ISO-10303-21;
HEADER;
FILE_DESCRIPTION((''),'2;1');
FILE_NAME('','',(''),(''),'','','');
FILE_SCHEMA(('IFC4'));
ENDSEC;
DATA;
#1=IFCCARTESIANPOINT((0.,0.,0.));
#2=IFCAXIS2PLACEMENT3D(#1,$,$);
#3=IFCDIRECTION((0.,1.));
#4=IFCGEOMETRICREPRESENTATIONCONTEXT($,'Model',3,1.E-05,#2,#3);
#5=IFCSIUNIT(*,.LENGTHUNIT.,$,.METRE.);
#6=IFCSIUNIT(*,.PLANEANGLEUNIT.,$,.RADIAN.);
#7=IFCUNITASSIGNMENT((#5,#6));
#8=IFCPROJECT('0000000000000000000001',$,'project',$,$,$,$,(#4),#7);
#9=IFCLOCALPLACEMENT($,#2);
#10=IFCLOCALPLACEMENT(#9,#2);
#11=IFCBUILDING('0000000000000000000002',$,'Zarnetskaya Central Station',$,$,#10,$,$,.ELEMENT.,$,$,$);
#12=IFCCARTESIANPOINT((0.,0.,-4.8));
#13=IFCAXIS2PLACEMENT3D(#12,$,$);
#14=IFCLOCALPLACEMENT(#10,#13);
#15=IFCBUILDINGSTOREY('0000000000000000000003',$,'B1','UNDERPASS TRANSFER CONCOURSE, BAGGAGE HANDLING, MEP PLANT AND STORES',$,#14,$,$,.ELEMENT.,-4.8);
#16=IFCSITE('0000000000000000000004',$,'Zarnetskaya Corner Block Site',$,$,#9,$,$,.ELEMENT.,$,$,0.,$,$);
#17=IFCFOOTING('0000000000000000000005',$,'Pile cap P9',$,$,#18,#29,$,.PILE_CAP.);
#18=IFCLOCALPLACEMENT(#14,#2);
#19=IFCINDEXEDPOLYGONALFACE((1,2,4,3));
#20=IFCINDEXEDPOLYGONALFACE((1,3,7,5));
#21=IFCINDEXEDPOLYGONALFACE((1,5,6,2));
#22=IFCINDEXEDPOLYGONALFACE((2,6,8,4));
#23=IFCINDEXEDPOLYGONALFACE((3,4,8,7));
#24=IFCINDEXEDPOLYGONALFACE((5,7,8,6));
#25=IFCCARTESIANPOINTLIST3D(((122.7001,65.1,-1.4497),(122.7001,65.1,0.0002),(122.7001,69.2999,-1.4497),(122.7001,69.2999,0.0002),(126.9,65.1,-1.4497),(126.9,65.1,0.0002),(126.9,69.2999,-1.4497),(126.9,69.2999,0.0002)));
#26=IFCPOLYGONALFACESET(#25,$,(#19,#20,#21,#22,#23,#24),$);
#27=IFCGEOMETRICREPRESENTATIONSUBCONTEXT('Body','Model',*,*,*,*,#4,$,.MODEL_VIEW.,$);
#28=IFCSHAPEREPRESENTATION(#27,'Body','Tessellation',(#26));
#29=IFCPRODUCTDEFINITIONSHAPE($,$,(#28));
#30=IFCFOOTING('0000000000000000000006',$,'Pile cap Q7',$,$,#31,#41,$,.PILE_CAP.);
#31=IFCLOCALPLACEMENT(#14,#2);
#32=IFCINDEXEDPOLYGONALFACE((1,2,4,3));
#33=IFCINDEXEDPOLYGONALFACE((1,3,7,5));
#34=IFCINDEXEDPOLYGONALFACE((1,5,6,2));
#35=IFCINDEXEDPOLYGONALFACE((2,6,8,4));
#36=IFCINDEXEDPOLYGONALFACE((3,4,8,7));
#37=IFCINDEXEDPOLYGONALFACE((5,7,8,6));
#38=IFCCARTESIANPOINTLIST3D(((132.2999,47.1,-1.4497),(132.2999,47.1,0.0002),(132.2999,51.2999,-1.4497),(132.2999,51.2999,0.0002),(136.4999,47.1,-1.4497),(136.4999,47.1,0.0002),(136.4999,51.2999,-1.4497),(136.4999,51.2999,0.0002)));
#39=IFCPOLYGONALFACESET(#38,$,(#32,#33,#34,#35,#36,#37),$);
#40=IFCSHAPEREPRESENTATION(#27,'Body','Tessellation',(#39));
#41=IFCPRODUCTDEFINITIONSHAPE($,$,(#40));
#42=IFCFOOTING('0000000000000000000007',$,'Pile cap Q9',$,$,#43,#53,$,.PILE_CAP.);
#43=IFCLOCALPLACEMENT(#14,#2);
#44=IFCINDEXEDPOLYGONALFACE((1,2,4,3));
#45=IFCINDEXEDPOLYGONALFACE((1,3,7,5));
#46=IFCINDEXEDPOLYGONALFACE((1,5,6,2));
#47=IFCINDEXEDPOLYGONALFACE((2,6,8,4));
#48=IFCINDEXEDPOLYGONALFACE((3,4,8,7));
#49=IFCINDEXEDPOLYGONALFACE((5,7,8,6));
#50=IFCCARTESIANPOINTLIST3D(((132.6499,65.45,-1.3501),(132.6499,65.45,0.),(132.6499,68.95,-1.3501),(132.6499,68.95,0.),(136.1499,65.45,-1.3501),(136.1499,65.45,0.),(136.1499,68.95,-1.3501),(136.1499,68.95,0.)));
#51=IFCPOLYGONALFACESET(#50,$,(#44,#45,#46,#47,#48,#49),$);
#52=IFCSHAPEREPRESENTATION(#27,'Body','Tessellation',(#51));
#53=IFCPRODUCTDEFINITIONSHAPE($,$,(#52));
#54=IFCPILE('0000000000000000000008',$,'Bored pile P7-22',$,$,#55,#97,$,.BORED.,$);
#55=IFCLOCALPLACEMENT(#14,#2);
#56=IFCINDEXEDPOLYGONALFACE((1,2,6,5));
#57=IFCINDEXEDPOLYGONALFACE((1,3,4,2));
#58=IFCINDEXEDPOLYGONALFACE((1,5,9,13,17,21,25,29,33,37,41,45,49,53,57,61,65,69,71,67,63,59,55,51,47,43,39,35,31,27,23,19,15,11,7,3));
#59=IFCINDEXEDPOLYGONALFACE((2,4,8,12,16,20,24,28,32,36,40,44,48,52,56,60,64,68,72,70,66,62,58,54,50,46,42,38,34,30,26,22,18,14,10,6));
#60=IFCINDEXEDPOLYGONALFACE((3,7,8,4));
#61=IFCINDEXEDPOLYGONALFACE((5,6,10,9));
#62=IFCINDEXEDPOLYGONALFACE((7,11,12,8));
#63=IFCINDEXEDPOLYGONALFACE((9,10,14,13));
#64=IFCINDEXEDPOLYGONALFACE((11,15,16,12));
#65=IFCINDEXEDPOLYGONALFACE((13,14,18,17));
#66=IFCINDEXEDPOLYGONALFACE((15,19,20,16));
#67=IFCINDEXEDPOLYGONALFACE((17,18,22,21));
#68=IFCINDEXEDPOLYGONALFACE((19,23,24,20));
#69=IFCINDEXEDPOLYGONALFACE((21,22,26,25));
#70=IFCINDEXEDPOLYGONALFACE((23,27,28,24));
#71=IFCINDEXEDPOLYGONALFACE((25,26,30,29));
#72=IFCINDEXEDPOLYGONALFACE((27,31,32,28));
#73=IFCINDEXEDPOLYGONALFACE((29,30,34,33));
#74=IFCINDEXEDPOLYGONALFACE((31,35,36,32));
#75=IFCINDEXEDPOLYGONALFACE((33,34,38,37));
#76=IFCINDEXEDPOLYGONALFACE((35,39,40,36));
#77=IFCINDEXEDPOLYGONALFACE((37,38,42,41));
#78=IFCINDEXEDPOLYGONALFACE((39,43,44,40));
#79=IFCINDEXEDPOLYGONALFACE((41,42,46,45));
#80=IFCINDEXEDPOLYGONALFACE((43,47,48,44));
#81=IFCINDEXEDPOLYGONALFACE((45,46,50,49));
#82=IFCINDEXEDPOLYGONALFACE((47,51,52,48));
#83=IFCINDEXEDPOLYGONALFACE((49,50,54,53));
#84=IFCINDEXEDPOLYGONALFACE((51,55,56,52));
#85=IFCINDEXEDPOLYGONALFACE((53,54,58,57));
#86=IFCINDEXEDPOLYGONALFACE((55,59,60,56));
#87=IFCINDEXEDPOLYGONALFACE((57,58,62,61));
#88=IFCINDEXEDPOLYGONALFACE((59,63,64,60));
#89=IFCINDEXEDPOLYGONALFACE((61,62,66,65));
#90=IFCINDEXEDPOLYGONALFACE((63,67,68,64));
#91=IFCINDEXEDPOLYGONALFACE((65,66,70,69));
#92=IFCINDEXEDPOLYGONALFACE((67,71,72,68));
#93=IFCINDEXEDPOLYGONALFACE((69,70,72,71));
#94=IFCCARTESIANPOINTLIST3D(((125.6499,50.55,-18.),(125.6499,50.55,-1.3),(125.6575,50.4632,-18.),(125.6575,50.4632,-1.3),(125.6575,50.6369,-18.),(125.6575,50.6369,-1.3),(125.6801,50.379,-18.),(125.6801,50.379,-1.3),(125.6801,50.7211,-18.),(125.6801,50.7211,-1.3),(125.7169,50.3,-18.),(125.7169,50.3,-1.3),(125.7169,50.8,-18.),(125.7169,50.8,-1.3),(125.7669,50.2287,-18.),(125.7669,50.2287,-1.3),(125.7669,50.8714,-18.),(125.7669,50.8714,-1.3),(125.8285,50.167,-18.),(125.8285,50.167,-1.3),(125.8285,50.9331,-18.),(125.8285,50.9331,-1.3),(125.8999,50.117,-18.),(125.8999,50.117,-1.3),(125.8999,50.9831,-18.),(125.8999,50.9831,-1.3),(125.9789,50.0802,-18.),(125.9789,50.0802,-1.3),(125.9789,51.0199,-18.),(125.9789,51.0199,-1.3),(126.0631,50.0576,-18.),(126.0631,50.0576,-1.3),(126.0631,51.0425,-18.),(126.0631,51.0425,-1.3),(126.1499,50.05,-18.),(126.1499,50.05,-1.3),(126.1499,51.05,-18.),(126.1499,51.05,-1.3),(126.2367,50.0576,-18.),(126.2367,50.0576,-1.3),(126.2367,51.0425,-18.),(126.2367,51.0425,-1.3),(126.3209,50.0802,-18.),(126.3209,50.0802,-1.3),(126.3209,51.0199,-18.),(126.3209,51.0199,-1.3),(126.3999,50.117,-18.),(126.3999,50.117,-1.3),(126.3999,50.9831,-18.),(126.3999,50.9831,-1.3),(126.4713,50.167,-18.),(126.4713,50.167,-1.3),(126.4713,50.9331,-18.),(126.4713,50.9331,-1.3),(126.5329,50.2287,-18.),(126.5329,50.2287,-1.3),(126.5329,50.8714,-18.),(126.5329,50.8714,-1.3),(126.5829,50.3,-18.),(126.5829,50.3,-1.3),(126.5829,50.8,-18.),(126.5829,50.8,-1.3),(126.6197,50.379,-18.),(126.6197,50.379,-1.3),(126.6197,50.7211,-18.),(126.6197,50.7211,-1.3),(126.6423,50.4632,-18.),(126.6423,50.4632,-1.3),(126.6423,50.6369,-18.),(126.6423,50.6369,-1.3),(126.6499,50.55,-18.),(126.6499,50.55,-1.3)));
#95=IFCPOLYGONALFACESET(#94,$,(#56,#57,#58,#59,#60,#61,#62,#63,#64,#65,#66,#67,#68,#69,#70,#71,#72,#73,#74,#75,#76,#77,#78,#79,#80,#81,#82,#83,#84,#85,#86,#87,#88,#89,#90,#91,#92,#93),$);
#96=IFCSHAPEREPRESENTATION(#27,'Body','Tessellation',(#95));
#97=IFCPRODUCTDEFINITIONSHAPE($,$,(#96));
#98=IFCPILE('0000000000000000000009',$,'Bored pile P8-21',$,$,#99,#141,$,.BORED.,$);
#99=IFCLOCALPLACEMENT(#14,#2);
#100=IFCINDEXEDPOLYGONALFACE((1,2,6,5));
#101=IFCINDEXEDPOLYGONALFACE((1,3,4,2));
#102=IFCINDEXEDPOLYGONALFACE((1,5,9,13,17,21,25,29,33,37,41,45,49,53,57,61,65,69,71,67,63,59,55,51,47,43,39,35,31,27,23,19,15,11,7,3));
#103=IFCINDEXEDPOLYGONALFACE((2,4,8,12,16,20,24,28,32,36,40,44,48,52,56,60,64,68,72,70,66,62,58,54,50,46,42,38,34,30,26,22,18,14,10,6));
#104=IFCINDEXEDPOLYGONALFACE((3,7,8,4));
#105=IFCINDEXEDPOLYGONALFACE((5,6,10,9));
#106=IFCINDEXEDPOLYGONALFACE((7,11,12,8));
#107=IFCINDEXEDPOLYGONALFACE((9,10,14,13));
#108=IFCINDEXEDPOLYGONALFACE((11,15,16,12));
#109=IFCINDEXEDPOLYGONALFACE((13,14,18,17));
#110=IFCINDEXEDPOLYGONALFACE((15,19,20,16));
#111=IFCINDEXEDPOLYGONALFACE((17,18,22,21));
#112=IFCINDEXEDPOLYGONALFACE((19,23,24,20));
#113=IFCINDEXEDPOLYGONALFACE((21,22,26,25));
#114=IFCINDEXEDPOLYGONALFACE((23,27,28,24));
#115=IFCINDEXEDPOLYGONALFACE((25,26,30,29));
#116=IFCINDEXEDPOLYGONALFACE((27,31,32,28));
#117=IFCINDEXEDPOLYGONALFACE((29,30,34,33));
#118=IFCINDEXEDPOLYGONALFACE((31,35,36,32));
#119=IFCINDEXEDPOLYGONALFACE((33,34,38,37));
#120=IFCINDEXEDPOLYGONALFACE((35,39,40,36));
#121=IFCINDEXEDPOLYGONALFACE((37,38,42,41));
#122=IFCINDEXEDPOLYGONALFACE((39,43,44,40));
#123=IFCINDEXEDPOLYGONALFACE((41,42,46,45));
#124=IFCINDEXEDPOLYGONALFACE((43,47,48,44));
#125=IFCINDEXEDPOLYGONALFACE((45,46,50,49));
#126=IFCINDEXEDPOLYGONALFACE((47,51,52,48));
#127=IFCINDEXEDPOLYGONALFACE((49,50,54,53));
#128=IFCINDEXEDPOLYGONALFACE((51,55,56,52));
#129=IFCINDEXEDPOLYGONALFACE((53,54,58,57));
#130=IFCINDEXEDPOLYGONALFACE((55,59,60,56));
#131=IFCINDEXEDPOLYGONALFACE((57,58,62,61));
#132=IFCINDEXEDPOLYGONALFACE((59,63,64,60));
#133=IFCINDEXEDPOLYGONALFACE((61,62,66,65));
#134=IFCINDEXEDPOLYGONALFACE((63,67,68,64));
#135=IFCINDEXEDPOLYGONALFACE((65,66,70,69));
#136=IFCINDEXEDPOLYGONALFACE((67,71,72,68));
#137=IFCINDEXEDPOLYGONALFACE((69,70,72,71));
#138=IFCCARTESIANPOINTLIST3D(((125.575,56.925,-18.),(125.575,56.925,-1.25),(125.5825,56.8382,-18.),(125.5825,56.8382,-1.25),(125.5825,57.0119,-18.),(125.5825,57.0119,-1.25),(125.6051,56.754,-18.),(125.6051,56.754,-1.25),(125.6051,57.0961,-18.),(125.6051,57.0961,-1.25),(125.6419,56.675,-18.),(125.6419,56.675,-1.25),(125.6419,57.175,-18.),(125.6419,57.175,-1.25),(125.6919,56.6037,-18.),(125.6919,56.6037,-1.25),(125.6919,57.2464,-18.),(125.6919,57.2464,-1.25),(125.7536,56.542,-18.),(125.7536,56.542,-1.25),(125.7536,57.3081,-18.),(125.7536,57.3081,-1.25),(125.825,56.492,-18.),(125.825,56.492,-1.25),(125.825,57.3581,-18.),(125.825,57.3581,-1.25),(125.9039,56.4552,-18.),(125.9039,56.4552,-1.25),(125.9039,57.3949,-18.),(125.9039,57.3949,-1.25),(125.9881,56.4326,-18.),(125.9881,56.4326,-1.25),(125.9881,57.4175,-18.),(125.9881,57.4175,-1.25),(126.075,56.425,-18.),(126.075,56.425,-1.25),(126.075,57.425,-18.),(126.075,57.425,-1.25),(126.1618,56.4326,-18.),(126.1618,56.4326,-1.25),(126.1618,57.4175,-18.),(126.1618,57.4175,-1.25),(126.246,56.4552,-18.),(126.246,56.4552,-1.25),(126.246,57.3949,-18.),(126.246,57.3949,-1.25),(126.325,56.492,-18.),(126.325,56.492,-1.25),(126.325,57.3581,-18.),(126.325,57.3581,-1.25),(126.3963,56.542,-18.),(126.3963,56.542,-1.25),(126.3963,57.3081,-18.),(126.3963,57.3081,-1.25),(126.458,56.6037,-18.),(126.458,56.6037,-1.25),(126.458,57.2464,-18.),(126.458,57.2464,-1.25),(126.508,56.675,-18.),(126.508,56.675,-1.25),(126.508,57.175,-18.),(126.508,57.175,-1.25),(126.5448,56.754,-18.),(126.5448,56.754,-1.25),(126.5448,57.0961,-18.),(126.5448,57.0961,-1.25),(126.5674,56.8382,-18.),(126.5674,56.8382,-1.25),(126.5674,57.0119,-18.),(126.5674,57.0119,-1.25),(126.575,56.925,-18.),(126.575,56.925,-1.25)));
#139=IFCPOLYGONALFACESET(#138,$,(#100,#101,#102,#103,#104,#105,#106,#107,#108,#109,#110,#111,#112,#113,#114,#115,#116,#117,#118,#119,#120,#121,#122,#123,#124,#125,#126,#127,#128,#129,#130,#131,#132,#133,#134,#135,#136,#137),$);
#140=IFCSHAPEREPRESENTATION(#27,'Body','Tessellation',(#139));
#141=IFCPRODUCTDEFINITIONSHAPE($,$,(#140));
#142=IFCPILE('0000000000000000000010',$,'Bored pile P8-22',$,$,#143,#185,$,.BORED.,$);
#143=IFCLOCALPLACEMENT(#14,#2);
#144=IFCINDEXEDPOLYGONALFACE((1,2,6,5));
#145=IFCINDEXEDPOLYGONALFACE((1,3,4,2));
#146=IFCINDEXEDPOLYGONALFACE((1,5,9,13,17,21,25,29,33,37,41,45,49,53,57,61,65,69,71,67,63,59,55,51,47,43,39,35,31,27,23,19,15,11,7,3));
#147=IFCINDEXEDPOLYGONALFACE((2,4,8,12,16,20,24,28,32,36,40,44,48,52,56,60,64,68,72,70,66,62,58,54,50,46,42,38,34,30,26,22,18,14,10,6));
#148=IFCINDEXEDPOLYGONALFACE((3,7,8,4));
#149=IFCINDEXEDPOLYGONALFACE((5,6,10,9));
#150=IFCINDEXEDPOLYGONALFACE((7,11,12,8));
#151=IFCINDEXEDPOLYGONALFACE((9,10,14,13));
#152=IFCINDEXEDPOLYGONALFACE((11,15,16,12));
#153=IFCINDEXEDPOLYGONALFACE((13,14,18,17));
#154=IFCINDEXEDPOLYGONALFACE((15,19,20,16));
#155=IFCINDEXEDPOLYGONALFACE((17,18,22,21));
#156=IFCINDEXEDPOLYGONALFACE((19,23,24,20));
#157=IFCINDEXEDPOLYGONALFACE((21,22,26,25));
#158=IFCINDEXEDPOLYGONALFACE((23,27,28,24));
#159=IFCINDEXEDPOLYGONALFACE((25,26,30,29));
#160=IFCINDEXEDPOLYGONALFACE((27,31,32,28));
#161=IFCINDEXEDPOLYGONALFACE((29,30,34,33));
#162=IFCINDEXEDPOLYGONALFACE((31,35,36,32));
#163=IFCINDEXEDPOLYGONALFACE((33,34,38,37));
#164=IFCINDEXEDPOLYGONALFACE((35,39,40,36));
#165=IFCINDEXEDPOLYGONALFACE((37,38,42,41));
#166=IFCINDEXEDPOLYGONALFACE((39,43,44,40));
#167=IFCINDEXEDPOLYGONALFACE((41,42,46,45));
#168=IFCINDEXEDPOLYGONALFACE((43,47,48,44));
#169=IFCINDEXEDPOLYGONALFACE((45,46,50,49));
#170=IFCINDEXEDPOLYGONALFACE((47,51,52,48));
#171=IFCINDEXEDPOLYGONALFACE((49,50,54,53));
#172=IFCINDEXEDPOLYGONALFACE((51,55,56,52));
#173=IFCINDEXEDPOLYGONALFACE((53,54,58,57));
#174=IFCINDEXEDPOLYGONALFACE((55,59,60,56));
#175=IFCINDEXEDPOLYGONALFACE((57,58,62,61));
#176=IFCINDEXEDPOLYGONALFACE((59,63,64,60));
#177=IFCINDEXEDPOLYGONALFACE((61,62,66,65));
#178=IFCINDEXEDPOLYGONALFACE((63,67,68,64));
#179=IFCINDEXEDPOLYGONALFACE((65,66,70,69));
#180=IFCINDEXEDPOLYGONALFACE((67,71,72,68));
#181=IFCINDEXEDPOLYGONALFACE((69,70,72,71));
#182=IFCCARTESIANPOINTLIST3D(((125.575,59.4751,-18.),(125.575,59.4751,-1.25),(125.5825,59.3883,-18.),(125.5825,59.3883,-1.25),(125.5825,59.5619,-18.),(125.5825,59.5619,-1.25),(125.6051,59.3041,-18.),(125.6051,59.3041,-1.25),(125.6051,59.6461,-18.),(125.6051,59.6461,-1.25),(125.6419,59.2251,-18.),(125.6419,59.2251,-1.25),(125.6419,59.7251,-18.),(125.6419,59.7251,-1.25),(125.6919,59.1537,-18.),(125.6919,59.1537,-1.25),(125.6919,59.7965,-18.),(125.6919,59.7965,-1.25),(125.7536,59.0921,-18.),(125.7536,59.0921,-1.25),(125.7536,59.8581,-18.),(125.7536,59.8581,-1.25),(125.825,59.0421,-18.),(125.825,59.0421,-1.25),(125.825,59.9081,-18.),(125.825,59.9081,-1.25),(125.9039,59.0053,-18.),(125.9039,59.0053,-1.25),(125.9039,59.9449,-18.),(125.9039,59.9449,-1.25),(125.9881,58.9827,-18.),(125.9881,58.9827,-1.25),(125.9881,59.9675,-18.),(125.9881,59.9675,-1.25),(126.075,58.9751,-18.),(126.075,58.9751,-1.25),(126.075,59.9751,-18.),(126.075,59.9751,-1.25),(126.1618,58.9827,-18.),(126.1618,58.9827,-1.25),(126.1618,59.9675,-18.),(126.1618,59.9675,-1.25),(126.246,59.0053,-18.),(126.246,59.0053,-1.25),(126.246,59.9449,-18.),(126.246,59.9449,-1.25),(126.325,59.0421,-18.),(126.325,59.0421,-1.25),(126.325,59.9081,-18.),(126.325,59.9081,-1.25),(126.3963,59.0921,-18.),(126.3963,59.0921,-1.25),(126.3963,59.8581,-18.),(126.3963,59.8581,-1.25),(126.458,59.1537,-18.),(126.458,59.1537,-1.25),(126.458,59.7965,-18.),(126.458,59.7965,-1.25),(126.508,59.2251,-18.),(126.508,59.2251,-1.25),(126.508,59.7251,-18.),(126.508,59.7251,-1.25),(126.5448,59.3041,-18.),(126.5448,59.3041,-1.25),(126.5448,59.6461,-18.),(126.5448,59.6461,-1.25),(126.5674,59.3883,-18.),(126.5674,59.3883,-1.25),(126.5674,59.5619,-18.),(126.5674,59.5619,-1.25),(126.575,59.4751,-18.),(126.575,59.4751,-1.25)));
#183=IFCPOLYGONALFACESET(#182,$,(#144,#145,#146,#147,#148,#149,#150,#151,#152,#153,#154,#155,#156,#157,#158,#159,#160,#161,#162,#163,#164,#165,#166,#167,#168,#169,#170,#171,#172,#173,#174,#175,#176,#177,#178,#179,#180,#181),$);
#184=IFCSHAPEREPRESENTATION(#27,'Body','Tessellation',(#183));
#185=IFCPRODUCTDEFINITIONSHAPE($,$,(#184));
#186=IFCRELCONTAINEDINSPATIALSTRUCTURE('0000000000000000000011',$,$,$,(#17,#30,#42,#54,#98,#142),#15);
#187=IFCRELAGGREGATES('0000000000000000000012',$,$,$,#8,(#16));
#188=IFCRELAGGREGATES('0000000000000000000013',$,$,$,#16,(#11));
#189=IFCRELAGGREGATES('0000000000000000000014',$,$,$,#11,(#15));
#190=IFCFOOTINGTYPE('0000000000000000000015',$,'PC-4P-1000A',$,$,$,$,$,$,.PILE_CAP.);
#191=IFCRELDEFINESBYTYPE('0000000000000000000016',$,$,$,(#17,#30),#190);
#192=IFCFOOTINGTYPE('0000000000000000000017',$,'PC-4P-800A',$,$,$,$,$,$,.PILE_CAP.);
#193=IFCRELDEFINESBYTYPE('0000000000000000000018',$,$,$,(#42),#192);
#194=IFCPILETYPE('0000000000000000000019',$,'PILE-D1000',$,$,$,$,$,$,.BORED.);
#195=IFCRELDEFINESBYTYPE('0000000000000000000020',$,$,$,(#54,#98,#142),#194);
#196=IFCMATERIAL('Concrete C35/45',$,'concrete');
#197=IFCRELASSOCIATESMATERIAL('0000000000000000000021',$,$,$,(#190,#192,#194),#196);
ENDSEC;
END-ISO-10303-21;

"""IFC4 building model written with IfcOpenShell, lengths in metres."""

from ifc_helpers import new_model, si_unit, direction, frame, origin, origin_2d, place, context, subcontext, project, spatial, rectangle, circle, extrude, material, material_profile, profile_set, type_object, element, save


model = new_model("IFC4")

# Units and contexts
model_context = context("Model", 3, precision=1e-05, world=origin(), true_north=direction((0.0, 1.0)))
body_context = subcontext(model_context, "Body", "Model", "MODEL_VIEW")
ifc_project = project(units=[si_unit("LENGTHUNIT", "METRE"), si_unit("PLANEANGLEUNIT", "RADIAN")], contexts=[model_context])

# Site, building, storey
site_placement = place(None, origin())
site = spatial("IfcSite", under=ifc_project, at=site_placement, Name="Zarnetskaya Corner Block Site", CompositionType="ELEMENT", RefElevation=0.0)
building_placement = place(site_placement, origin())
building = spatial("IfcBuilding", under=site, at=building_placement, Name="Zarnetskaya Central Station", CompositionType="ELEMENT")
storey_placement = place(building_placement, frame((0.0, 0.0, -4.8)))
storey = spatial("IfcBuildingStorey", under=building, at=storey_placement, Name="B1", Description="UNDERPASS TRANSFER CONCOURSE, BAGGAGE HANDLING, MEP PLANT AND STORES", CompositionType="ELEMENT", Elevation=-4.8)

# Footings
ifc_material = material(Name="Concrete C35/45", Category="concrete")
footing_type_1 = type_object("IfcFootingType", Name="PC-4P-1000A", PredefinedType="PILE_CAP", material=ifc_material)
for number, where, z_axis, x_axis, name in (
    (1, (124.8, 67.2, -1.4497), (0.0, 0.0, 1.0), (1.0, 0.0, 0.0), "Pile cap P9"),
    (2, (134.3999, 49.2, -1.4497), (0.0, 0.0, 1.0), (1.0, 0.0, 0.0), "Pile cap Q7"),
):
    element("IfcFooting", number, at=place(storey_placement, frame(where, z_axis=z_axis, x_axis=x_axis)), inside=storey, type_object=footing_type_1, Name=name, PredefinedType="PILE_CAP", context=body_context, shape_type="SweptSolid", body=[
        extrude(rectangle(XDim=4.2, YDim=4.2, at=origin_2d()), origin(), (0.0, 0.0, 1.0), 1.45),
    ])
footing_type_2 = type_object("IfcFootingType", Name="PC-4P-800A", PredefinedType="PILE_CAP", material=ifc_material)
footing_placement = place(storey_placement, frame((134.3999, 67.2, -1.3501), z_axis=(0.0, 0.0, 1.0), x_axis=(1.0, 0.0, 0.0)))
element("IfcFooting", 3, at=footing_placement, inside=storey, type_object=footing_type_2, Name="Pile cap Q9", PredefinedType="PILE_CAP", context=body_context, shape_type="SweptSolid", body=[
    extrude(rectangle(XDim=3.5, YDim=3.5, at=origin_2d()), origin(), (0.0, 0.0, 1.0), 1.3501),
])

# Piles
ifc_material_profile_1 = material_profile(ifc_material, circle(Radius=0.5, at=origin_2d()), Name="BORED PILE D1000")
ifc_profile_set_1 = profile_set([ifc_material_profile_1], Name="Concrete C35/45")
pile_type_1 = type_object("IfcPileType", Name="PILE-D1000", PredefinedType="BORED", material=ifc_profile_set_1)
pile_placement = place(storey_placement, frame((126.1499, 50.55, -1.3), z_axis=(0.0, 0.0, -1.0), x_axis=(1.0, 0.0, 0.0)))
element("IfcPile", 4, at=pile_placement, inside=storey, type_object=pile_type_1, Name="Bored pile P7-22", PredefinedType="BORED", context=body_context, shape_type="SweptSolid", body=[
    extrude(circle(Radius=0.5, at=origin_2d()), origin(), (0.0, 0.0, 1.0), 16.7),
])
for number, where, z_axis, x_axis, name in (
    (5, (126.075, 56.925, -1.25), (0.0, 0.0, -1.0), (1.0, 0.0, 0.0), "Bored pile P8-21"),
    (6, (126.075, 59.4751, -1.25), (0.0, 0.0, -1.0), (1.0, 0.0, 0.0), "Bored pile P8-22"),
):
    element("IfcPile", number, at=place(storey_placement, frame(where, z_axis=z_axis, x_axis=x_axis)), inside=storey, type_object=pile_type_1, Name=name, PredefinedType="BORED", context=body_context, shape_type="SweptSolid", body=[
        extrude(circle(Radius=0.5, at=origin_2d()), origin(), (0.0, 0.0, 1.0), 16.75),
    ])

save(model, "model.ifc")
